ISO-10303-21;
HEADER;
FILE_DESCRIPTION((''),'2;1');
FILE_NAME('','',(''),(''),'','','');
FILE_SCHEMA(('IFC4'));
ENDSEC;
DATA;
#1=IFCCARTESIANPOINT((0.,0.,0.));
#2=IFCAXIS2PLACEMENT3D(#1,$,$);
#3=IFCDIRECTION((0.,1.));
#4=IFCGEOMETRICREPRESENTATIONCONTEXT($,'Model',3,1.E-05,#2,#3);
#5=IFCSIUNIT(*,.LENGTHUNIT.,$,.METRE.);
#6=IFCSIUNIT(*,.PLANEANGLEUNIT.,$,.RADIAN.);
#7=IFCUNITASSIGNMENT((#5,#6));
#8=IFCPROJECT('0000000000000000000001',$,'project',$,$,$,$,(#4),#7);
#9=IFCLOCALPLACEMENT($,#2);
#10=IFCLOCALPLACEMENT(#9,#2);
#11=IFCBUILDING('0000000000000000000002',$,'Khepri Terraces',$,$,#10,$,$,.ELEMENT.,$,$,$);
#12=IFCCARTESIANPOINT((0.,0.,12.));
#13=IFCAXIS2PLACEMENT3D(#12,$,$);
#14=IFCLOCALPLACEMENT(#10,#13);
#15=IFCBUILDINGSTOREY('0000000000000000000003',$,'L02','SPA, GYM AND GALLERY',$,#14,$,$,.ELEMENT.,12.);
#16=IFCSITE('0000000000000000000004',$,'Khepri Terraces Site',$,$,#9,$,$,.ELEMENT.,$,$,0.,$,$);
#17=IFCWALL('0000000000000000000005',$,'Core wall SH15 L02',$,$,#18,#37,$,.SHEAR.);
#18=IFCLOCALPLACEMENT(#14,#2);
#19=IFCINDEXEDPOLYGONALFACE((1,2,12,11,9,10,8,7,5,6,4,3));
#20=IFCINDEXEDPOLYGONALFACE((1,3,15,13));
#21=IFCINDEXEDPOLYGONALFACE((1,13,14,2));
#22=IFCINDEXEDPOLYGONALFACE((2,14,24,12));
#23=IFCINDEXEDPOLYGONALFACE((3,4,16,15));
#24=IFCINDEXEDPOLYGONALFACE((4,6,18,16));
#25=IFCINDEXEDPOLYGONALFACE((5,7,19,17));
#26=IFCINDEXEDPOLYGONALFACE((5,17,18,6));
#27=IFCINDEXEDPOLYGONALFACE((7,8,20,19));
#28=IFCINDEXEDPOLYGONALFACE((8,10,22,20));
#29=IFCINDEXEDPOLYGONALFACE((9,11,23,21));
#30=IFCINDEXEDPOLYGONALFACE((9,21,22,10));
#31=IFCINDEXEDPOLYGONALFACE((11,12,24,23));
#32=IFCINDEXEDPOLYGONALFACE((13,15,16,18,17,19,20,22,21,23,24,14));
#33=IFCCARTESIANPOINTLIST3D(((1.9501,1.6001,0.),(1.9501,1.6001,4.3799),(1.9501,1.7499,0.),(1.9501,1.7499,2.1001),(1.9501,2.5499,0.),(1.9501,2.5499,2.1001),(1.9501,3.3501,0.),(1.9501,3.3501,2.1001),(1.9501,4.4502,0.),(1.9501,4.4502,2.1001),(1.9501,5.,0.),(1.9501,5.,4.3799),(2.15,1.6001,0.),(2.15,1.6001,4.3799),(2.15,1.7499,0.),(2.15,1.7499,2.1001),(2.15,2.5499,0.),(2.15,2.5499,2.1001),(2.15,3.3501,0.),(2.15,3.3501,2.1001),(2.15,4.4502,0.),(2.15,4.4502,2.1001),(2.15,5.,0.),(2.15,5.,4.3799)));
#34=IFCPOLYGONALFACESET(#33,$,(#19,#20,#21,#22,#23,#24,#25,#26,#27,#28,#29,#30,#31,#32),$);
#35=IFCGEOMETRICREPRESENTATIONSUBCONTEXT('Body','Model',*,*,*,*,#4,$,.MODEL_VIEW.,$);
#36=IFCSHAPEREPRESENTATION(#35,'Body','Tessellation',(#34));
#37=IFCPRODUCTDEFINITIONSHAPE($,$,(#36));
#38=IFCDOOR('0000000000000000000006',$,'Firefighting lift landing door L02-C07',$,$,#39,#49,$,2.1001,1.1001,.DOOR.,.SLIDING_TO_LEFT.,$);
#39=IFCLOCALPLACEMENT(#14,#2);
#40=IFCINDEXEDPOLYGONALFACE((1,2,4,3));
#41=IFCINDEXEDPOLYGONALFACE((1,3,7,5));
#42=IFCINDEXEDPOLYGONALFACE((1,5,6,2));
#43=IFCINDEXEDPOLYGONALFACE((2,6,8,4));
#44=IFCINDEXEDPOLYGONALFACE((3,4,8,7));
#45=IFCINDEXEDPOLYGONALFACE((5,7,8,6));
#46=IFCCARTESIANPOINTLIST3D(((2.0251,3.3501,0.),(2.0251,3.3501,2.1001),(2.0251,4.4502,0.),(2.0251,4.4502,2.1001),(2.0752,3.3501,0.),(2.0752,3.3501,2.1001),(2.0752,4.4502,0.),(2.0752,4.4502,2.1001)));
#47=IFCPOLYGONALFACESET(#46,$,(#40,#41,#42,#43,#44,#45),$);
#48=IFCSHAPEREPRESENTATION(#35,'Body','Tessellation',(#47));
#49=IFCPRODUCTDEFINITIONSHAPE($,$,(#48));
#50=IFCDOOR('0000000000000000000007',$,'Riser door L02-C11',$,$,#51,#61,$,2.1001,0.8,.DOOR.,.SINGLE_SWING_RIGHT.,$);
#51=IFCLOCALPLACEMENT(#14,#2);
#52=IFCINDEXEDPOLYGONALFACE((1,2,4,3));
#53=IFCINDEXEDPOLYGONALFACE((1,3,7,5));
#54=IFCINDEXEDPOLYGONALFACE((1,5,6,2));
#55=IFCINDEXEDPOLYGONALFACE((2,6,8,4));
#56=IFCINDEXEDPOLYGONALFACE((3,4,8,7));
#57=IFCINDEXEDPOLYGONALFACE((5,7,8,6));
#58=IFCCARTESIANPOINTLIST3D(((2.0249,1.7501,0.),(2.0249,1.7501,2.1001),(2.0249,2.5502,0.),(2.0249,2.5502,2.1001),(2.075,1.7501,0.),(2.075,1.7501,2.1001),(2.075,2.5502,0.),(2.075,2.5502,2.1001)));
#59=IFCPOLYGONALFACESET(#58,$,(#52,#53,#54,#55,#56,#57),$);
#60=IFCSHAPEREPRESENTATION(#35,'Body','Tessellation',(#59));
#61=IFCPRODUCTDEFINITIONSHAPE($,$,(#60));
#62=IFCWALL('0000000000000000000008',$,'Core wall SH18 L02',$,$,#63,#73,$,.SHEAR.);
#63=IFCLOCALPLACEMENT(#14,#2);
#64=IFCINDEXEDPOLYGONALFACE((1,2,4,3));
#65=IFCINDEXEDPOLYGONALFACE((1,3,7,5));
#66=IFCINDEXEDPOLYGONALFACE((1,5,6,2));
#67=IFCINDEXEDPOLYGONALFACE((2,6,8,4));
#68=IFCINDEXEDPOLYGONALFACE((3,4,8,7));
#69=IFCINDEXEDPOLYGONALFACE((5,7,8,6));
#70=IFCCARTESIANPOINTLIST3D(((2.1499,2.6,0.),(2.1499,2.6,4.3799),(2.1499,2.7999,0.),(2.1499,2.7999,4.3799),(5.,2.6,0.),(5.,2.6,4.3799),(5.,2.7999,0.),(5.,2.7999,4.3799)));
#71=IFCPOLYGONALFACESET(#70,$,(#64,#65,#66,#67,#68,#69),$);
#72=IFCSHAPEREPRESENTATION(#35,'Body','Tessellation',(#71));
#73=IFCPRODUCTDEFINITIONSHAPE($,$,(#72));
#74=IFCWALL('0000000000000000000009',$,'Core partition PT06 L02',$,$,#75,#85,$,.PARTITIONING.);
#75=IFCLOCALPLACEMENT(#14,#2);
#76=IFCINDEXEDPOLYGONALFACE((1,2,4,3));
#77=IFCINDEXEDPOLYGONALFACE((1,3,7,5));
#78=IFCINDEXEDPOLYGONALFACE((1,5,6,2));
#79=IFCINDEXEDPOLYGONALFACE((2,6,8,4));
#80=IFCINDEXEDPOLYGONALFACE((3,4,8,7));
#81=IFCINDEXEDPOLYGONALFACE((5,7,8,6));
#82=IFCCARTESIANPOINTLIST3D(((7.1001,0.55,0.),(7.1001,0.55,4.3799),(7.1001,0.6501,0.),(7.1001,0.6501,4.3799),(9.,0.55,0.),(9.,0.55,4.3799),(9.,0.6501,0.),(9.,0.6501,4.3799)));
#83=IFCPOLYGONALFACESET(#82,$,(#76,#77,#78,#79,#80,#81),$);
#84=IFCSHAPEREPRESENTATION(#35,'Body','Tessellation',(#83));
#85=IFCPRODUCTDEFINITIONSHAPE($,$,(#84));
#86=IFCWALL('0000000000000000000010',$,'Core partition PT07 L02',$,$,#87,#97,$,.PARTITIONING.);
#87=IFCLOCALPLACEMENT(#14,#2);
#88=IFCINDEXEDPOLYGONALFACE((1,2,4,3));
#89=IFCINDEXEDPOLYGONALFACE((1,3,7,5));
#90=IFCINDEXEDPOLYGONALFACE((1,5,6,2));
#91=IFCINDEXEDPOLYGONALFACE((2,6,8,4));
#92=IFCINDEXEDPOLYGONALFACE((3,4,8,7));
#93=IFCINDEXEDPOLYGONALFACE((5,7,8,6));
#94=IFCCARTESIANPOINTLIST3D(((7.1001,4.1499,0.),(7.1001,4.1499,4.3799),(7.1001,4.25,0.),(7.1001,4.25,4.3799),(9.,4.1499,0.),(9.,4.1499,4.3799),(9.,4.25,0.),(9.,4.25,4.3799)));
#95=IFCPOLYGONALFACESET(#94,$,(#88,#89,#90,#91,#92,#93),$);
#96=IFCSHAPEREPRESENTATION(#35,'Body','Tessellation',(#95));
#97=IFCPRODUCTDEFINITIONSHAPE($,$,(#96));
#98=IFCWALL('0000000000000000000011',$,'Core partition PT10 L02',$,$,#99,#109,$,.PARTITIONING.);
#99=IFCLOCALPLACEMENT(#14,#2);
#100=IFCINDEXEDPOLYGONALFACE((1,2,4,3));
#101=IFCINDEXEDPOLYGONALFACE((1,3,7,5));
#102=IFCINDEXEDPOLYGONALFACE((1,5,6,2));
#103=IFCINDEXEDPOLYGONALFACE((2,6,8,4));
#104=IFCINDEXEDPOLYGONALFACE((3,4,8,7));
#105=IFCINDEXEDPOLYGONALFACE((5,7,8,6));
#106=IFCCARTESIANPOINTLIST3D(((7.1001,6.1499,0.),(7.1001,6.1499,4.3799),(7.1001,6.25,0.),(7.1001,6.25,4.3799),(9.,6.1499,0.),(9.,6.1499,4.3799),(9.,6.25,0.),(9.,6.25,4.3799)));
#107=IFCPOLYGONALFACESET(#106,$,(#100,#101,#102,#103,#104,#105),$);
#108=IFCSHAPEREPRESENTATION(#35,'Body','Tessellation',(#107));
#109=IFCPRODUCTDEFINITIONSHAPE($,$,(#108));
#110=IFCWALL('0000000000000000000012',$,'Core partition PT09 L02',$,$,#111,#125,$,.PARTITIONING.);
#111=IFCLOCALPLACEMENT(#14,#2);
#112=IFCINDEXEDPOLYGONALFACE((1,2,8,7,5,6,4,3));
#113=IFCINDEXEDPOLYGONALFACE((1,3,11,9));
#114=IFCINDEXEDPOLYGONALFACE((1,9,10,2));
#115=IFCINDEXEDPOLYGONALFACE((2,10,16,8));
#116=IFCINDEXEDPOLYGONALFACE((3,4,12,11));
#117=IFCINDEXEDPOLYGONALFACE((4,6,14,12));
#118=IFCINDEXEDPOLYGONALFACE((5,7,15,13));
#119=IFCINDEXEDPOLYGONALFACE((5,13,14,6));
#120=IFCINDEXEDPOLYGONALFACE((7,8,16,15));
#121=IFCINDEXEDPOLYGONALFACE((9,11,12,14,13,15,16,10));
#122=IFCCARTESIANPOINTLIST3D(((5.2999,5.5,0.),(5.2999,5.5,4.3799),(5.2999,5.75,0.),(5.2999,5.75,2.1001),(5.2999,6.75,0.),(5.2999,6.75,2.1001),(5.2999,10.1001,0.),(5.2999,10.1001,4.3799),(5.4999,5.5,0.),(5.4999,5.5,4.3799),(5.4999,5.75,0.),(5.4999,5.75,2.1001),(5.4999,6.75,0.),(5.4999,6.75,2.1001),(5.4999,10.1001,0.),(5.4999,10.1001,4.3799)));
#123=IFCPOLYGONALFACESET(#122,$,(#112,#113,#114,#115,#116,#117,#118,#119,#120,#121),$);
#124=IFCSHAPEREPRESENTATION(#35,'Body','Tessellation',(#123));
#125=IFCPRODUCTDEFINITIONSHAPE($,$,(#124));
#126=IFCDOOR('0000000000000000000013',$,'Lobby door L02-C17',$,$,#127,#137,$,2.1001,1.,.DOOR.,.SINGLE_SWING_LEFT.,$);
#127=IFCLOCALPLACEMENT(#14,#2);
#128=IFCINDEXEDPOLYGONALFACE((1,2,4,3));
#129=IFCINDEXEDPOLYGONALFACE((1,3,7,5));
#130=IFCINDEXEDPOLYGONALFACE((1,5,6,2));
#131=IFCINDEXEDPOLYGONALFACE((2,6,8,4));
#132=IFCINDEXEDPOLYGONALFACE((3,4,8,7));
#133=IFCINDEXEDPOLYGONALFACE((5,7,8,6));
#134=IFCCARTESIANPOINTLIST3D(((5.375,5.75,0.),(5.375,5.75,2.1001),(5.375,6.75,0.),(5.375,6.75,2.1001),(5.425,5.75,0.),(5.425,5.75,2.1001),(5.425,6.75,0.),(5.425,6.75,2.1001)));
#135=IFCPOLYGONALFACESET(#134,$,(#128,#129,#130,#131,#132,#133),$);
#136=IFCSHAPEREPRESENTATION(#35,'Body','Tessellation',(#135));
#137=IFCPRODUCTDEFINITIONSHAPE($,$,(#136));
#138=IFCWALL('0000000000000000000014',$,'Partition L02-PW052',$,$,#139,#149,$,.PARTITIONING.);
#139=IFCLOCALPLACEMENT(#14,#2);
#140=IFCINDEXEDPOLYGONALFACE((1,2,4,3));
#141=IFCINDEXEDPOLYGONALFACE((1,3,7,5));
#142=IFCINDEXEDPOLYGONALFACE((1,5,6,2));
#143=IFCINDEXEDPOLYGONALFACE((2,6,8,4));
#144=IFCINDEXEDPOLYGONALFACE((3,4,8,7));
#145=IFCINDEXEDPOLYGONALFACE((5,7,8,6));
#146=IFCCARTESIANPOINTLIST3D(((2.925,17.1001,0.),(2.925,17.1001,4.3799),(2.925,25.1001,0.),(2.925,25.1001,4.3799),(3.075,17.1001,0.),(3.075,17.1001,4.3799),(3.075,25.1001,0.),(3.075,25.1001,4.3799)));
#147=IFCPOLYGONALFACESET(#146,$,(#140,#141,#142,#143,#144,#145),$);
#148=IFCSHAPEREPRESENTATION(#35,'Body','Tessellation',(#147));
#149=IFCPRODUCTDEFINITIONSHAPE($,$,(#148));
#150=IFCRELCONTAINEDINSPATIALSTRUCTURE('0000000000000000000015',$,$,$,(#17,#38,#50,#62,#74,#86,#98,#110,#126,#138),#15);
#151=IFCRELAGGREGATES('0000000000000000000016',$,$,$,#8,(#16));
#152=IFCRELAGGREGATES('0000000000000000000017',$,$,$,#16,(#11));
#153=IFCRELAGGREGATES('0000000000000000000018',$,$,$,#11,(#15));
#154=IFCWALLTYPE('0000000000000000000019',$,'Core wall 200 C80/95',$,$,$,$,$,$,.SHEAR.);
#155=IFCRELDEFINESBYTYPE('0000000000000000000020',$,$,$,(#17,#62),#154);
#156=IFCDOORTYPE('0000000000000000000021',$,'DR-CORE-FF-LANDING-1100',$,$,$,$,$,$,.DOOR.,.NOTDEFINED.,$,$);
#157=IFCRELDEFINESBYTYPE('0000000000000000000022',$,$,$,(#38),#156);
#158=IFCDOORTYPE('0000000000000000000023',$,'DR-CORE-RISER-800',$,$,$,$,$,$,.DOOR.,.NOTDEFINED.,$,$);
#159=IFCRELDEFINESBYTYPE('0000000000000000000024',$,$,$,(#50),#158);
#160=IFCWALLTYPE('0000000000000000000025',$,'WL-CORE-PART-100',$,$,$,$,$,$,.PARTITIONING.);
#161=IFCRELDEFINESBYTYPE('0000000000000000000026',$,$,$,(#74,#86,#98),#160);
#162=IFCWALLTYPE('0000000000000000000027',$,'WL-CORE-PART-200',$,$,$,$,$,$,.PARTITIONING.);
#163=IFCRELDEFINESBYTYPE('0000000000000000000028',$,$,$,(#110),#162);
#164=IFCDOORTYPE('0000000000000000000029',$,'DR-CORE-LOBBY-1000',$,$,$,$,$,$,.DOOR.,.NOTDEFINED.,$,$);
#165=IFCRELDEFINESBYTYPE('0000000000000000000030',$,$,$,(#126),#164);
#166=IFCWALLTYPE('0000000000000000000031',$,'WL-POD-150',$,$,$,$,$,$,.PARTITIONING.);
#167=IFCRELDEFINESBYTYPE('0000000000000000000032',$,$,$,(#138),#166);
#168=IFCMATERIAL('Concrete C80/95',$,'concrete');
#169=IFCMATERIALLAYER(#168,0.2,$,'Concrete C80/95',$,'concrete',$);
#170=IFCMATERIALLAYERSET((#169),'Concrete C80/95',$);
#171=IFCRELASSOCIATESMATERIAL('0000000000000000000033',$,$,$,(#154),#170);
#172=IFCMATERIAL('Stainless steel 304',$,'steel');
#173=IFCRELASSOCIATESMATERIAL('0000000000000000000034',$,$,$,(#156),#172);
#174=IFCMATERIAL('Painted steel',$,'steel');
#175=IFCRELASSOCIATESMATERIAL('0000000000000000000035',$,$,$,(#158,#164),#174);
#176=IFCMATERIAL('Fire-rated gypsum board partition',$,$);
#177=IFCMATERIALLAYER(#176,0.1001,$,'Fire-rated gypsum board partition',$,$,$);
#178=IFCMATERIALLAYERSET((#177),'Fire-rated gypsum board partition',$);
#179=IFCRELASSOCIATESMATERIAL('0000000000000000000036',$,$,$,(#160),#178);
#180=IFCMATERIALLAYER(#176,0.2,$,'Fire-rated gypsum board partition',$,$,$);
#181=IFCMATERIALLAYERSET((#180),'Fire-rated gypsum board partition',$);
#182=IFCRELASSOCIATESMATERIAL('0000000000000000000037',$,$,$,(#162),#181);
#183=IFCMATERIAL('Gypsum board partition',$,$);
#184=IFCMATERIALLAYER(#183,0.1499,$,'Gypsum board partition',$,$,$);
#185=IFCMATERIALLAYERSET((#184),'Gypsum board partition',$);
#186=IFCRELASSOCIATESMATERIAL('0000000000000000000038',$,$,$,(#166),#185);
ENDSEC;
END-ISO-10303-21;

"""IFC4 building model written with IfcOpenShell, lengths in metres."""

from ifc_helpers import new_model, si_unit, direction, frame, frame_2d, origin, place, context, subcontext, project, spatial, rectangle, extrude, material, layer, layer_set, type_object, element, fill, save


model = new_model("IFC4")

# Units and contexts
model_context = context("Model", 3, precision=1e-05, world=origin(), true_north=direction((0.0, 1.0)))
body_context = subcontext(model_context, "Body", "Model", "MODEL_VIEW")
ifc_project = project(units=[si_unit("LENGTHUNIT", "METRE"), si_unit("PLANEANGLEUNIT", "RADIAN")], contexts=[model_context])

# Site, building, storey
site_placement = place(None, origin())
site = spatial("IfcSite", under=ifc_project, at=site_placement, Name="Khepri Terraces Site", CompositionType="ELEMENT", RefElevation=0.0)
building_placement = place(site_placement, origin())
building = spatial("IfcBuilding", under=site, at=building_placement, Name="Khepri Terraces", CompositionType="ELEMENT")
storey_placement = place(building_placement, frame((0.0, 0.0, 12.0)))
storey = spatial("IfcBuildingStorey", under=building, at=storey_placement, Name="L02", Description="SPA, GYM AND GALLERY", CompositionType="ELEMENT", Elevation=12.0)

# Shared definitions
ifc_material_1 = material(Name="Concrete C80/95", Category="concrete")
ifc_layer_1 = layer(ifc_material_1, 0.2, Name="Concrete C80/95", Category="concrete")
ifc_layer_set_1 = layer_set([ifc_layer_1], Name="Concrete C80/95")
wall_type_1 = type_object("IfcWallType", Name="Core wall 200 C80/95", PredefinedType="SHEAR", material=ifc_layer_set_1)

# Shared definitions
ifc_material_2 = material(Name="Painted steel", Category="steel")

# Wall, openings, doors
wall_1_placement = place(storey_placement, frame((2.05, 1.6001, 0.0), z_axis=(0.0, 0.0, 1.0), x_axis=(0.0, 1.0, 0.0)))
wall_1 = element("IfcWall", 1, at=wall_1_placement, inside=storey, type_object=wall_type_1, Name="Core wall SH15 L02", PredefinedType="SHEAR", context=body_context, shape_type="SweptSolid", body=[
    extrude(rectangle(XDim=3.3999, YDim=0.2, at=frame_2d((1.7, 0.0))), origin(), (0.0, 0.0, 1.0), 4.3799),
])
opening_1_placement = place(wall_1_placement, frame((1.75, 0.0, 0.0)))
opening_1 = element("IfcOpeningElement", 2, at=opening_1_placement, cuts=wall_1, PredefinedType="OPENING", context=body_context, shape_type="SweptSolid", body=[
    extrude(rectangle(XDim=1.1001, YDim=2.1001, at=frame_2d((0.55, 1.05))), frame((0.0, 0.1099, 0.0), z_axis=(0.0, -1.0, 0.0), x_axis=(1.0, 0.0, 0.0)), (0.0, 0.0, 1.0), 0.22),
])
opening_2_placement = place(wall_1_placement, frame((0.1499, 0.0, 0.0)))
opening_2 = element("IfcOpeningElement", 3, at=opening_2_placement, cuts=wall_1, PredefinedType="OPENING", context=body_context, shape_type="SweptSolid", body=[
    extrude(rectangle(XDim=0.8, YDim=2.1001, at=frame_2d((0.3999, 1.05))), frame((0.0, 0.1099, 0.0), z_axis=(0.0, -1.0, 0.0), x_axis=(1.0, 0.0, 0.0)), (0.0, 0.0, 1.0), 0.22),
])
ifc_material_3 = material(Name="Stainless steel 304", Category="steel")
door_type_1 = type_object("IfcDoorType", Name="DR-CORE-FF-LANDING-1100", OperationType="NOTDEFINED", PredefinedType="DOOR", material=ifc_material_3)
door_1_placement = place(opening_1_placement, origin())
door_1 = element("IfcDoor", 4, at=door_1_placement, inside=storey, type_object=door_type_1, Name="Firefighting lift landing door L02-C07", OperationType="SLIDING_TO_LEFT", OverallHeight=2.1001, OverallWidth=1.1001, PredefinedType="DOOR", context=body_context, shape_type="SweptSolid", body=[
    extrude(rectangle(XDim=1.1001, YDim=2.1001, at=frame_2d((0.55, 1.05))), frame((0.0, 0.0249, 0.0), z_axis=(0.0, -1.0, 0.0), x_axis=(1.0, 0.0, 0.0)), (0.0, 0.0, 1.0), 0.05),
])
fill(opening_1, door_1)
door_type_2 = type_object("IfcDoorType", Name="DR-CORE-RISER-800", OperationType="NOTDEFINED", PredefinedType="DOOR", material=ifc_material_2)
door_2_placement = place(opening_2_placement, frame((0.8, 0.0, 0.0), z_axis=(0.0, 0.0, 1.0), x_axis=(-1.0, 0.0, 0.0)))
door_2 = element("IfcDoor", 5, at=door_2_placement, inside=storey, type_object=door_type_2, Name="Riser door L02-C11", OperationType="SINGLE_SWING_RIGHT", OverallHeight=2.1001, OverallWidth=0.8, PredefinedType="DOOR", context=body_context, shape_type="SweptSolid", body=[
    extrude(rectangle(XDim=0.8, YDim=2.1001, at=frame_2d((0.3999, 1.05))), frame((0.0, 0.0249, 0.0), z_axis=(0.0, -1.0, 0.0), x_axis=(1.0, 0.0, 0.0)), (0.0, 0.0, 1.0), 0.05),
])
fill(opening_2, door_2)

# Walls
wall_2_placement = place(storey_placement, frame((2.1499, 2.7, 0.0), z_axis=(0.0, 0.0, 1.0), x_axis=(1.0, 0.0, 0.0)))
element("IfcWall", 6, at=wall_2_placement, inside=storey, type_object=wall_type_1, Name="Core wall SH18 L02", PredefinedType="SHEAR", context=body_context, shape_type="SweptSolid", body=[
    extrude(rectangle(XDim=2.8501, YDim=0.2, at=frame_2d((1.425, 0.0))), origin(), (0.0, 0.0, 1.0), 4.3799),
])
ifc_material_4 = material(Name="Fire-rated gypsum board partition")
ifc_layer_2 = layer(ifc_material_4, 0.1001, Name="Fire-rated gypsum board partition")
ifc_layer_set_2 = layer_set([ifc_layer_2], Name="Fire-rated gypsum board partition")
wall_type_2 = type_object("IfcWallType", Name="WL-CORE-PART-100", PredefinedType="PARTITIONING", material=ifc_layer_set_2)
for number, where, z_axis, x_axis, name in (
    (7, (7.1001, 0.6001, 0.0), (0.0, 0.0, 1.0), (1.0, 0.0, 0.0), "Core partition PT06 L02"),
    (8, (7.1001, 4.2, 0.0), (0.0, 0.0, 1.0), (1.0, 0.0, 0.0), "Core partition PT07 L02"),
    (9, (7.1001, 6.2, 0.0), (0.0, 0.0, 1.0), (1.0, 0.0, 0.0), "Core partition PT10 L02"),
):
    element("IfcWall", number, at=place(storey_placement, frame(where, z_axis=z_axis, x_axis=x_axis)), inside=storey, type_object=wall_type_2, Name=name, PredefinedType="PARTITIONING", context=body_context, shape_type="SweptSolid", body=[
        extrude(rectangle(XDim=1.8999, YDim=0.1001, at=frame_2d((0.95, 0.0))), origin(), (0.0, 0.0, 1.0), 4.3799),
    ])

# Wall, opening, door
ifc_layer_3 = layer(ifc_material_4, 0.2, Name="Fire-rated gypsum board partition")
ifc_layer_set_3 = layer_set([ifc_layer_3], Name="Fire-rated gypsum board partition")
wall_type_3 = type_object("IfcWallType", Name="WL-CORE-PART-200", PredefinedType="PARTITIONING", material=ifc_layer_set_3)
wall_3_placement = place(storey_placement, frame((5.3999, 5.5, 0.0), z_axis=(0.0, 0.0, 1.0), x_axis=(0.0, 1.0, 0.0)))
wall_3 = element("IfcWall", 10, at=wall_3_placement, inside=storey, type_object=wall_type_3, Name="Core partition PT09 L02", PredefinedType="PARTITIONING", context=body_context, shape_type="SweptSolid", body=[
    extrude(rectangle(XDim=4.6001, YDim=0.2, at=frame_2d((2.3, 0.0))), origin(), (0.0, 0.0, 1.0), 4.3799),
])
opening_3_placement = place(wall_3_placement, frame((0.25, 0.0, 0.0)))
opening_3 = element("IfcOpeningElement", 11, at=opening_3_placement, cuts=wall_3, PredefinedType="OPENING", context=body_context, shape_type="SweptSolid", body=[
    extrude(rectangle(XDim=1.0, YDim=2.1001, at=frame_2d((0.5, 1.05))), frame((0.0, 0.1099, 0.0), z_axis=(0.0, -1.0, 0.0), x_axis=(1.0, 0.0, 0.0)), (0.0, 0.0, 1.0), 0.22),
])
door_type_3 = type_object("IfcDoorType", Name="DR-CORE-LOBBY-1000", OperationType="NOTDEFINED", PredefinedType="DOOR", material=ifc_material_2)
door_3_placement = place(opening_3_placement, origin())
door_3 = element("IfcDoor", 12, at=door_3_placement, inside=storey, type_object=door_type_3, Name="Lobby door L02-C17", OperationType="SINGLE_SWING_LEFT", OverallHeight=2.1001, OverallWidth=1.0, PredefinedType="DOOR", context=body_context, shape_type="SweptSolid", body=[
    extrude(rectangle(XDim=1.0, YDim=2.1001, at=frame_2d((0.5, 1.05))), frame((0.0, 0.0249, 0.0), z_axis=(0.0, -1.0, 0.0), x_axis=(1.0, 0.0, 0.0)), (0.0, 0.0, 1.0), 0.05),
])
fill(opening_3, door_3)

# Wall
ifc_material_5 = material(Name="Gypsum board partition")
ifc_layer_4 = layer(ifc_material_5, 0.1499, Name="Gypsum board partition")
ifc_layer_set_4 = layer_set([ifc_layer_4], Name="Gypsum board partition")
wall_type_4 = type_object("IfcWallType", Name="WL-POD-150", PredefinedType="PARTITIONING", material=ifc_layer_set_4)
wall_4_placement = place(storey_placement, frame((3.0, 17.1001, 0.0), z_axis=(0.0, 0.0, 1.0), x_axis=(0.0, 1.0, 0.0)))
element("IfcWall", 13, at=wall_4_placement, inside=storey, type_object=wall_type_4, Name="Partition L02-PW052", PredefinedType="PARTITIONING", context=body_context, shape_type="SweptSolid", body=[
    extrude(rectangle(XDim=8.0, YDim=0.1499, at=frame_2d((4.0, 0.0))), origin(), (0.0, 0.0, 1.0), 4.3799),
])

save(model, "model.ifc")
